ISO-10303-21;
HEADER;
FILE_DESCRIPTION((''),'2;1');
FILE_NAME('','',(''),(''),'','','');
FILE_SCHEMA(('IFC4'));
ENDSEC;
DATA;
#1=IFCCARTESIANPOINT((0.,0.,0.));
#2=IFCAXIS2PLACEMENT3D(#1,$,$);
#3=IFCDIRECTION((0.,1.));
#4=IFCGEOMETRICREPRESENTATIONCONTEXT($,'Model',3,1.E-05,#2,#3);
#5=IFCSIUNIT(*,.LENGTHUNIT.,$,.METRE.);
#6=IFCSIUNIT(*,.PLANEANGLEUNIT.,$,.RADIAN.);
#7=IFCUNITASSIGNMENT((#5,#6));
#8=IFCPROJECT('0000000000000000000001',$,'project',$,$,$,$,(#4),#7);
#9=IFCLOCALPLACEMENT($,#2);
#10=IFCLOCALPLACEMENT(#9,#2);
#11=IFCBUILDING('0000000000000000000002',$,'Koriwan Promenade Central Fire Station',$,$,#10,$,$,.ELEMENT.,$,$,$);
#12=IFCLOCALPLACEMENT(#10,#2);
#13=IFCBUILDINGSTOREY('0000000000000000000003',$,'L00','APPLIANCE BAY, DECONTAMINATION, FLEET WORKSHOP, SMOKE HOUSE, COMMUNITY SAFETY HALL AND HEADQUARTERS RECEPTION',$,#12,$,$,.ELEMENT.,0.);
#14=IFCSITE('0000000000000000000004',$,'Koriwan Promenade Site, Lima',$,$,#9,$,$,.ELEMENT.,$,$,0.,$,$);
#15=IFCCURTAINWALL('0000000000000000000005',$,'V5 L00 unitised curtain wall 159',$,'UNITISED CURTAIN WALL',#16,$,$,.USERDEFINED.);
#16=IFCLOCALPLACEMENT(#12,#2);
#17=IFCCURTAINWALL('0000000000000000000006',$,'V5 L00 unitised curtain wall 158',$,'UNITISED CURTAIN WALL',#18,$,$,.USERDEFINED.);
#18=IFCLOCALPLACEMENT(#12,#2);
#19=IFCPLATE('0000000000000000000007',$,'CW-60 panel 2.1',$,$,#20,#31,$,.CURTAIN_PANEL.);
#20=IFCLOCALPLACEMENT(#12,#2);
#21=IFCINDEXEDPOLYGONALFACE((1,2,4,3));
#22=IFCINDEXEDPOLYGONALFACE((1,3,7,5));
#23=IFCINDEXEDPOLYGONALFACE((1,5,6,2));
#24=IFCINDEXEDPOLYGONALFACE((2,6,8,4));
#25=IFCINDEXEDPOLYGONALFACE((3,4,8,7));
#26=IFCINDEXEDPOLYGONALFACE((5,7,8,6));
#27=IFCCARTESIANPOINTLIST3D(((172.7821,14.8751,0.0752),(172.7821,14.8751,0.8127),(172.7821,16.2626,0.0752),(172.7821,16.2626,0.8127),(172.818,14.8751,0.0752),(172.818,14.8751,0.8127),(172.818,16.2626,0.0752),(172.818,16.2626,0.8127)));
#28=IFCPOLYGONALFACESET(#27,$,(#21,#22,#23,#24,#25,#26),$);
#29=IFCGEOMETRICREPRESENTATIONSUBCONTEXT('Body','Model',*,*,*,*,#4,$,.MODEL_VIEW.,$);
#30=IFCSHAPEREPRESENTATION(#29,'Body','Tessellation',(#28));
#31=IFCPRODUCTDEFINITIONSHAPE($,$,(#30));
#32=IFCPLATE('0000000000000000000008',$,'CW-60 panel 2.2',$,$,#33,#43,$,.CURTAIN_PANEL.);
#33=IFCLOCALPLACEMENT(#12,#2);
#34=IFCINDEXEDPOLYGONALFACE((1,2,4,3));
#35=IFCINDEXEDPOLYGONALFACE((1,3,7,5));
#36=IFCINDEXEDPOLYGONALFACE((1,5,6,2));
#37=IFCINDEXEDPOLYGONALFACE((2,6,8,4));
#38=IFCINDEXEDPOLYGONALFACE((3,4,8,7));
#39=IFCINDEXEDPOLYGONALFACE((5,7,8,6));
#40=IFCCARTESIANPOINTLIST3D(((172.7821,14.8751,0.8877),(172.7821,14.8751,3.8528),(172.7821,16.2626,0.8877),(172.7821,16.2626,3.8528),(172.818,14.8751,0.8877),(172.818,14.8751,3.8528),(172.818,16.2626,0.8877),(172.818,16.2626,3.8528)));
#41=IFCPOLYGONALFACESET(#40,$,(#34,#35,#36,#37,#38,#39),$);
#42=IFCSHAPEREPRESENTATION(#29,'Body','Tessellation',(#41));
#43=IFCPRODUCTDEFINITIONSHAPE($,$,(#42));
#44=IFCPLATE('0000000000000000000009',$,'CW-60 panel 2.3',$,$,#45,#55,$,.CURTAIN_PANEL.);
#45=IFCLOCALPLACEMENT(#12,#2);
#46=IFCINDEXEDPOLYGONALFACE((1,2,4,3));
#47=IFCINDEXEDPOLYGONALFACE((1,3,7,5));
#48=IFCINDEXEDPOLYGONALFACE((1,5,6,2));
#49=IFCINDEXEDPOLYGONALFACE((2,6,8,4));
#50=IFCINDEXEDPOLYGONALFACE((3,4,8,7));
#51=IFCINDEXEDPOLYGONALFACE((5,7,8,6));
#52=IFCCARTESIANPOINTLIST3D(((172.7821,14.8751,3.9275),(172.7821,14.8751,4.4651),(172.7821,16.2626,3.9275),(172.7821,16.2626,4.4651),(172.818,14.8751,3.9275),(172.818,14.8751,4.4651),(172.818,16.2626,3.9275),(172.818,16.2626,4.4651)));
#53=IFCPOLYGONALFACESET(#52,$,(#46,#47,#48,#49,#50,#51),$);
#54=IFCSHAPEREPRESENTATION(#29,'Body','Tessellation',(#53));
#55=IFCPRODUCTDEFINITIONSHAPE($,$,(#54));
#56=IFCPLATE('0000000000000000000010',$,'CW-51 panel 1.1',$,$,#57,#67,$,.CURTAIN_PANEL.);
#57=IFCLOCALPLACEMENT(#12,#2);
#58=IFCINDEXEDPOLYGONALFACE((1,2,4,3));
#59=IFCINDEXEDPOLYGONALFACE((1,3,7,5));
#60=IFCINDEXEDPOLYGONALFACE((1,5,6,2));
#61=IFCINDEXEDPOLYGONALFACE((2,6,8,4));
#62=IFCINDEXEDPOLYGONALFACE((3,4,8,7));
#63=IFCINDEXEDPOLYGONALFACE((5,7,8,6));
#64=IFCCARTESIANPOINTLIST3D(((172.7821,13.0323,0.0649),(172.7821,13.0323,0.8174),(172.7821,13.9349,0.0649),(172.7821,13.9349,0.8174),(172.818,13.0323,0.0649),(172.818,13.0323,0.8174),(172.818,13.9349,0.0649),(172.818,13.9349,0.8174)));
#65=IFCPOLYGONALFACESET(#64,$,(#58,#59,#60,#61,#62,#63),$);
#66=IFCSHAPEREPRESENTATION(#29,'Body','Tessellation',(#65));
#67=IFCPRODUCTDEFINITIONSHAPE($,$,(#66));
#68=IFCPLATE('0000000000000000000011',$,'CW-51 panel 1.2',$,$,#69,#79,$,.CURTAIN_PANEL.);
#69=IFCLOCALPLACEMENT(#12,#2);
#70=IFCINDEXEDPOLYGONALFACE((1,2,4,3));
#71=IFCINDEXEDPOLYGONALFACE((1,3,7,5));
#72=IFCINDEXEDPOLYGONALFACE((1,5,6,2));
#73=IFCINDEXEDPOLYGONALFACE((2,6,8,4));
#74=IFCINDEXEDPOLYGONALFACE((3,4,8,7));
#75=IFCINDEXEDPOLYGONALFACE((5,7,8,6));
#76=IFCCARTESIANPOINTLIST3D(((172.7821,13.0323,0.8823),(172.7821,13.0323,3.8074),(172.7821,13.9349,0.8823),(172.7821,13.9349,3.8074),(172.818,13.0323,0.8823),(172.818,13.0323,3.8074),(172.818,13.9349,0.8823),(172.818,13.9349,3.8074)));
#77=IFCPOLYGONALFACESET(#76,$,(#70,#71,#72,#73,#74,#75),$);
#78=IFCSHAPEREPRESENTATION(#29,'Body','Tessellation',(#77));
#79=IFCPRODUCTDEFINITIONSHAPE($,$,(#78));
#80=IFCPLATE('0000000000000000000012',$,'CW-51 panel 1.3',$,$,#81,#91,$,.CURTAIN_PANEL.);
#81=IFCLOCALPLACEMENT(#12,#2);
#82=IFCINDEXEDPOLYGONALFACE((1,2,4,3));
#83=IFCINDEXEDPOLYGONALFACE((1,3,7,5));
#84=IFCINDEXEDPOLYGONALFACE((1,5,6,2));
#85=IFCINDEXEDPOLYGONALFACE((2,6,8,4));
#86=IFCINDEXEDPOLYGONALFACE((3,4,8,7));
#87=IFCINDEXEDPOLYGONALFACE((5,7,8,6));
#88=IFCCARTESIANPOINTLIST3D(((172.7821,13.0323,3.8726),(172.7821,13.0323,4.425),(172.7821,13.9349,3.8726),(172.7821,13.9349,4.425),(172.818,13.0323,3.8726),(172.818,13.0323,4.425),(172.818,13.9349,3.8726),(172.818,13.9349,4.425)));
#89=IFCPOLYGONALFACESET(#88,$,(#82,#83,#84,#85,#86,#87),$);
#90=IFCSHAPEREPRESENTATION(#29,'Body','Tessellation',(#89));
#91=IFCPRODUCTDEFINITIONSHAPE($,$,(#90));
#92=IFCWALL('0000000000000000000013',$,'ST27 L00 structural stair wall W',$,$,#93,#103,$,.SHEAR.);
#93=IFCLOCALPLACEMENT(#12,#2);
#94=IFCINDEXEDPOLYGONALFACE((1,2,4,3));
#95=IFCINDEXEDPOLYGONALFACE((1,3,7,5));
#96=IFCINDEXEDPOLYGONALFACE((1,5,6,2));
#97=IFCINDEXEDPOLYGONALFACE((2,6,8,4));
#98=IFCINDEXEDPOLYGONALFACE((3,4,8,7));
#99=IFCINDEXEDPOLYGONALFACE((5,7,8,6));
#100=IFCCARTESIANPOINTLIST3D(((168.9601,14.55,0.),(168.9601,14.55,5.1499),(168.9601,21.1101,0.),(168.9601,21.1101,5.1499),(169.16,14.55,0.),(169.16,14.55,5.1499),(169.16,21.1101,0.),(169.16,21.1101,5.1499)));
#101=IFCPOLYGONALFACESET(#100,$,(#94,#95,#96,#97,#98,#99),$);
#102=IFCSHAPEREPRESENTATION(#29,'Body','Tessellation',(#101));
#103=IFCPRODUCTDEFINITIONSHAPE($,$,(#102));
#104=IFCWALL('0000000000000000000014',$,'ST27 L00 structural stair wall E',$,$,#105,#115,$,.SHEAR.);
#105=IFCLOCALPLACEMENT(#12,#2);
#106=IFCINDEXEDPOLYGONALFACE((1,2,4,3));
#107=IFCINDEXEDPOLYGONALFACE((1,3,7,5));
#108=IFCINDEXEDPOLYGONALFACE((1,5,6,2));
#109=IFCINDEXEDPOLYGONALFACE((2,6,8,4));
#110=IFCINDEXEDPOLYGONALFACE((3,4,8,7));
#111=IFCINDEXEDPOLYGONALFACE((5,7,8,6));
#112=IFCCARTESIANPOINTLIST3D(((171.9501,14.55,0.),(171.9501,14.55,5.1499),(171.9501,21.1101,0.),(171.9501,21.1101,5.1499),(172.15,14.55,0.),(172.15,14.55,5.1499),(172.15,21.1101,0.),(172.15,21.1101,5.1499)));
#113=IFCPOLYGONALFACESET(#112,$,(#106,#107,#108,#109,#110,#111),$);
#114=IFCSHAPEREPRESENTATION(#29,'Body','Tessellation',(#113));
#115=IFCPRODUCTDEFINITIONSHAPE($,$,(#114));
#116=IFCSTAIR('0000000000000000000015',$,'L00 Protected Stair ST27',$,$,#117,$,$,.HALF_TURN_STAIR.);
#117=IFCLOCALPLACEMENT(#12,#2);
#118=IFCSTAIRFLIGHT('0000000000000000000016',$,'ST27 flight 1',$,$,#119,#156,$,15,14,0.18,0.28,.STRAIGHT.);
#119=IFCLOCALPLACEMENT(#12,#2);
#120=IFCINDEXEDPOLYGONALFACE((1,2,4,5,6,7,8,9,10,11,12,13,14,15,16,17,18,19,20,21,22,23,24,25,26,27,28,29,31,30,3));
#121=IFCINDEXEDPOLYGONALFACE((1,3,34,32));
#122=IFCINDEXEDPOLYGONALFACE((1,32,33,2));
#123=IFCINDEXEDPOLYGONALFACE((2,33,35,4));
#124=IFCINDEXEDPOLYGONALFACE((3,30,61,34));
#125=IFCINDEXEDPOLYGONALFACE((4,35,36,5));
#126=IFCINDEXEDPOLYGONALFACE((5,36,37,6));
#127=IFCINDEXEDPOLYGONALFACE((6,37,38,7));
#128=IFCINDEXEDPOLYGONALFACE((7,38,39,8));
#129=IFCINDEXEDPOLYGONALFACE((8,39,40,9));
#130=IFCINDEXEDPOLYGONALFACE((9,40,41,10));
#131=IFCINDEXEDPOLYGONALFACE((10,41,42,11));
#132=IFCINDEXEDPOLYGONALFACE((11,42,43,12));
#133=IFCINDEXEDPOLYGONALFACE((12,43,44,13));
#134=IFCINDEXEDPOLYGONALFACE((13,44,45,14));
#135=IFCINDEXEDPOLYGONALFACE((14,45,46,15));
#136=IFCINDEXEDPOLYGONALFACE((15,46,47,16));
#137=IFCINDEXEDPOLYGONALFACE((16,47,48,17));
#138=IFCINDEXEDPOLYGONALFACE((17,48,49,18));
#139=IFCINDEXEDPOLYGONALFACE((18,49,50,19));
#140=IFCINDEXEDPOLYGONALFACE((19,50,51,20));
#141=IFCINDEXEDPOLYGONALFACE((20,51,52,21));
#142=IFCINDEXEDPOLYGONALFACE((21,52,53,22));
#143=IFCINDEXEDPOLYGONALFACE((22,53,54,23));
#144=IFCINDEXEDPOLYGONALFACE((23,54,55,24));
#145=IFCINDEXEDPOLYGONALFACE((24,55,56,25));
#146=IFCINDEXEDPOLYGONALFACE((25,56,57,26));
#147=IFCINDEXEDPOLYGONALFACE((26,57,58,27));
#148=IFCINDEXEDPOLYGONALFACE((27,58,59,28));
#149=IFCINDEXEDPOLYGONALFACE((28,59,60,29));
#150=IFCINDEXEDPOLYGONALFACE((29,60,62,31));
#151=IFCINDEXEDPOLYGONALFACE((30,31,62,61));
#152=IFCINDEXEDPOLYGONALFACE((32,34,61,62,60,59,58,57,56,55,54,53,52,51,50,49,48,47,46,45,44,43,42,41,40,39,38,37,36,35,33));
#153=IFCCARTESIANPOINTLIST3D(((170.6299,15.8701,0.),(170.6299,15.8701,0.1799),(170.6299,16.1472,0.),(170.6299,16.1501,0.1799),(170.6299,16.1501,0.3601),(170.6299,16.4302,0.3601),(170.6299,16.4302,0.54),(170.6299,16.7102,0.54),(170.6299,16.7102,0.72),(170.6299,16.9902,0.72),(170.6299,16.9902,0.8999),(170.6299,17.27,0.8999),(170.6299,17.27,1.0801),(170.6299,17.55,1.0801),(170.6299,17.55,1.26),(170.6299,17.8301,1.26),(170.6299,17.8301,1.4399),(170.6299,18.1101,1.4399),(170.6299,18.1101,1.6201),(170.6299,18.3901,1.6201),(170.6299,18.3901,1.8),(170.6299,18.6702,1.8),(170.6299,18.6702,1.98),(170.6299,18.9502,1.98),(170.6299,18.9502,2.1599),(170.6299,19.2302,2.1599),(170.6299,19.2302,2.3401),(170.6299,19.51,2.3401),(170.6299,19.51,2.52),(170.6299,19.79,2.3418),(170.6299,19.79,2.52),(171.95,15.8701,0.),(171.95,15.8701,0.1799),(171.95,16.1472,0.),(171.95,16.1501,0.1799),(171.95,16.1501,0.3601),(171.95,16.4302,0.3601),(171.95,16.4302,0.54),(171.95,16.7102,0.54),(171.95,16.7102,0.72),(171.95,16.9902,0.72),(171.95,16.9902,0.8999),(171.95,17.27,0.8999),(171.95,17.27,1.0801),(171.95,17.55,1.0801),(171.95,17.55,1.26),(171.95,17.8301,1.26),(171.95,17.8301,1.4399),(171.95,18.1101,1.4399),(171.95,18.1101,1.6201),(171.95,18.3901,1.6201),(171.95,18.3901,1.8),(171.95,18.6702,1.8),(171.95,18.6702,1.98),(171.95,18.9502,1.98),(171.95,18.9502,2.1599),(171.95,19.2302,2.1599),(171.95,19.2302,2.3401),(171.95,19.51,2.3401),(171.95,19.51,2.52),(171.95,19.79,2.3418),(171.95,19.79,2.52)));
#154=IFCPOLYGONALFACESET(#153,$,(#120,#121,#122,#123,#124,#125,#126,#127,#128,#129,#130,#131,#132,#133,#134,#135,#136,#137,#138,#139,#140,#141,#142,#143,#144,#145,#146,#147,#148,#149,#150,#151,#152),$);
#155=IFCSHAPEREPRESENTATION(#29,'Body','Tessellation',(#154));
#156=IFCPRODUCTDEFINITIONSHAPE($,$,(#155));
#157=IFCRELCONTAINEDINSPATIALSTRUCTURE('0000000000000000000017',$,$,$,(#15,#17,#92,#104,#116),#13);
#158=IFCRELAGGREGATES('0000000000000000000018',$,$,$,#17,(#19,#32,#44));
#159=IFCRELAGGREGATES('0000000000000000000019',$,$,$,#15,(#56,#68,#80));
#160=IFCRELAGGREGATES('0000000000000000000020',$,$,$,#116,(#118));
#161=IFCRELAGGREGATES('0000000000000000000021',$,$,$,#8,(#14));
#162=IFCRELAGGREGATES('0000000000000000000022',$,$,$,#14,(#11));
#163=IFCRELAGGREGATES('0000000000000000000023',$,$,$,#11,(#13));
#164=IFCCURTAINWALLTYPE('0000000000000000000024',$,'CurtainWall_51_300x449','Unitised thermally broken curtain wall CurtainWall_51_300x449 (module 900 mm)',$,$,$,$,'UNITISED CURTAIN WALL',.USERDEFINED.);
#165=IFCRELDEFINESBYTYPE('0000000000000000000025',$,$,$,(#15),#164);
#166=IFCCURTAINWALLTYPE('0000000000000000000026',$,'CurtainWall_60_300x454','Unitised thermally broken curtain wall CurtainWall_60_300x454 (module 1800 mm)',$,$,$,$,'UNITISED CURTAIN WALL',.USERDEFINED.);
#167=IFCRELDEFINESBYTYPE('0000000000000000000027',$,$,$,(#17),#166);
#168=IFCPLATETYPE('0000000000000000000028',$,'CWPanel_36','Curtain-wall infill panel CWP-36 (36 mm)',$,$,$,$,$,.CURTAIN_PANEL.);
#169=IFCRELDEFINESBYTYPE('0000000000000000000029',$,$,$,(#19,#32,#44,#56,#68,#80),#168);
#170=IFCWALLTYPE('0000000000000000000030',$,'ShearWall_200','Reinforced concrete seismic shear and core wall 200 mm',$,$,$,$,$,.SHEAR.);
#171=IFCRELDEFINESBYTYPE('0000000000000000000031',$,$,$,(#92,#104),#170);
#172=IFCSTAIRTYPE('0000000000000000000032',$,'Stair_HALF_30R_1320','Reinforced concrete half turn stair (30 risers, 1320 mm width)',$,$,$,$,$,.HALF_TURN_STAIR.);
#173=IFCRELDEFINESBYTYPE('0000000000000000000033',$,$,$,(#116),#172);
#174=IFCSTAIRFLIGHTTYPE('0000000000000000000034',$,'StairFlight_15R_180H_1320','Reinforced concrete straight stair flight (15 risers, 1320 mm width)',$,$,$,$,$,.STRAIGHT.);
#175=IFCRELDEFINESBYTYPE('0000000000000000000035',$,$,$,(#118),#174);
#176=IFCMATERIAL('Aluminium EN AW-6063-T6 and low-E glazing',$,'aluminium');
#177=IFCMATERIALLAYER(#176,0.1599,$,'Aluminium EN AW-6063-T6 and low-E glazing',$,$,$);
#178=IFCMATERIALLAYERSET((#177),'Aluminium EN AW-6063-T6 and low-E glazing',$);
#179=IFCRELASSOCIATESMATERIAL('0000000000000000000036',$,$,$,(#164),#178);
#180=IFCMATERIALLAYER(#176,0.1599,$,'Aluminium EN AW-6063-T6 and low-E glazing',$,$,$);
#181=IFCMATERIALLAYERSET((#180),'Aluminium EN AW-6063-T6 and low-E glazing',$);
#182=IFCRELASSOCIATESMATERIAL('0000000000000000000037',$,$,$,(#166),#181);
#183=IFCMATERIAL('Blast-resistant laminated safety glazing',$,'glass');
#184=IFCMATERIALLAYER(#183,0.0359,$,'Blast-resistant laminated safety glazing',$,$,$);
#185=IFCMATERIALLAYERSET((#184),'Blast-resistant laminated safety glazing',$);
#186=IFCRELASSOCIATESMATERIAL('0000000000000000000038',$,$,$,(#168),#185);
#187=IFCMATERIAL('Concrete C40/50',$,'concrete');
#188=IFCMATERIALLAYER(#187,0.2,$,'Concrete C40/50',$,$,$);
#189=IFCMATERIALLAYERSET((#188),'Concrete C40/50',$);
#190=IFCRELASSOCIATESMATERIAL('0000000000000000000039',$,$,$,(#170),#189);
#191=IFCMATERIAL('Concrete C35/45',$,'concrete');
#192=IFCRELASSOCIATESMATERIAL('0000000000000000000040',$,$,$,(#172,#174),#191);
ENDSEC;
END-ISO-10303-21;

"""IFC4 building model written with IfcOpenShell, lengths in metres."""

from ifc_helpers import new_model, si_unit, direction, frame, frame_2d, origin, origin_2d, place, context, subcontext, project, spatial, polyline, rectangle, outline, extrude, material, layer, layer_set, type_object, element, aggregate, save


model = new_model("IFC4")

# Units and contexts
model_context = context("Model", 3, precision=1e-05, world=origin(), true_north=direction((0.0, 1.0)))
body_context = subcontext(model_context, "Body", "Model", "MODEL_VIEW")
ifc_project = project(units=[si_unit("LENGTHUNIT", "METRE"), si_unit("PLANEANGLEUNIT", "RADIAN")], contexts=[model_context])

# Site, building, storey
site_placement = place(None, origin())
site = spatial("IfcSite", under=ifc_project, at=site_placement, Name="Koriwan Promenade Site, Lima", CompositionType="ELEMENT", RefElevation=0.0)
building_placement = place(site_placement, origin())
building = spatial("IfcBuilding", under=site, at=building_placement, Name="Koriwan Promenade Central Fire Station", CompositionType="ELEMENT")
storey_placement = place(building_placement, origin())
storey = spatial("IfcBuildingStorey", under=building, at=storey_placement, Name="L00", Description="APPLIANCE BAY, DECONTAMINATION, FLEET WORKSHOP, SMOKE HOUSE, COMMUNITY SAFETY HALL AND HEADQUARTERS RECEPTION", CompositionType="ELEMENT", Elevation=0.0)

# Shared definitions
ifc_material_1 = material(Name="Concrete C35/45", Category="concrete")

# Shared definitions
ifc_material_2 = material(Name="Concrete C40/50", Category="concrete")

# Curtain wall
ifc_material_3 = material(Name="Aluminium EN AW-6063-T6 and low-E glazing", Category="aluminium")
ifc_layer_1 = layer(ifc_material_3, 0.1599, Name="Aluminium EN AW-6063-T6 and low-E glazing")
ifc_layer_set_1 = layer_set([ifc_layer_1], Name="Aluminium EN AW-6063-T6 and low-E glazing")
curtain_wall_type_1 = type_object("IfcCurtainWallType", Name="CurtainWall_51_300x449", Description="Unitised thermally broken curtain wall CurtainWall_51_300x449 (module 900 mm)", ElementType="UNITISED CURTAIN WALL", PredefinedType="USERDEFINED", material=ifc_layer_set_1)
curtain_wall_1_placement = place(storey_placement, origin())
curtain_wall_1 = element("IfcCurtainWall", 1, at=curtain_wall_1_placement, inside=storey, type_object=curtain_wall_type_1, Name="V5 L00 unitised curtain wall 159", ObjectType="UNITISED CURTAIN WALL", PredefinedType="USERDEFINED")

# Curtain wall
ifc_layer_2 = layer(ifc_material_3, 0.1599, Name="Aluminium EN AW-6063-T6 and low-E glazing")
ifc_layer_set_2 = layer_set([ifc_layer_2], Name="Aluminium EN AW-6063-T6 and low-E glazing")
curtain_wall_type_2 = type_object("IfcCurtainWallType", Name="CurtainWall_60_300x454", Description="Unitised thermally broken curtain wall CurtainWall_60_300x454 (module 1800 mm)", ElementType="UNITISED CURTAIN WALL", PredefinedType="USERDEFINED", material=ifc_layer_set_2)
curtain_wall_2_placement = place(storey_placement, origin())
curtain_wall_2 = element("IfcCurtainWall", 2, at=curtain_wall_2_placement, inside=storey, type_object=curtain_wall_type_2, Name="V5 L00 unitised curtain wall 158", ObjectType="UNITISED CURTAIN WALL", PredefinedType="USERDEFINED")

# Plates
ifc_material_4 = material(Name="Blast-resistant laminated safety glazing", Category="glass")
ifc_layer_3 = layer(ifc_material_4, 0.0359, Name="Blast-resistant laminated safety glazing")
ifc_layer_set_3 = layer_set([ifc_layer_3], Name="Blast-resistant laminated safety glazing")
plate_type = type_object("IfcPlateType", Name="CWPanel_36", Description="Curtain-wall infill panel CWP-36 (36 mm)", PredefinedType="CURTAIN_PANEL", material=ifc_layer_set_3)
plate_1_placement = place(storey_placement, frame((172.8, 15.5688, 0.0752), z_axis=(0.0, 0.0, 1.0), x_axis=(0.0, -1.0, 0.0)))
plate_1 = element("IfcPlate", 3, at=plate_1_placement, type_object=plate_type, Name="CW-60 panel 2.1", PredefinedType="CURTAIN_PANEL", context=body_context, shape_type="SweptSolid", body=[
    extrude(rectangle(XDim=1.3875, YDim=0.0359, at=origin_2d()), origin(), (0.0, 0.0, 1.0), 0.7375),
])
plate_2_placement = place(storey_placement, frame((172.8, 15.5688, 0.8877), z_axis=(0.0, 0.0, 1.0), x_axis=(0.0, -1.0, 0.0)))
plate_2 = element("IfcPlate", 4, at=plate_2_placement, type_object=plate_type, Name="CW-60 panel 2.2", PredefinedType="CURTAIN_PANEL", context=body_context, shape_type="SweptSolid", body=[
    extrude(rectangle(XDim=1.3875, YDim=0.0359, at=origin_2d()), origin(), (0.0, 0.0, 1.0), 2.9651),
])
plate_3_placement = place(storey_placement, frame((172.8, 15.5688, 3.9275), z_axis=(0.0, 0.0, 1.0), x_axis=(0.0, -1.0, 0.0)))
plate_3 = element("IfcPlate", 5, at=plate_3_placement, type_object=plate_type, Name="CW-60 panel 2.3", PredefinedType="CURTAIN_PANEL", context=body_context, shape_type="SweptSolid", body=[
    extrude(rectangle(XDim=1.3875, YDim=0.0359, at=origin_2d()), origin(), (0.0, 0.0, 1.0), 0.5376),
])
aggregate(curtain_wall_2, [plate_1, plate_2, plate_3])
plate_4_placement = place(storey_placement, frame((172.8, 13.4836, 0.0649), z_axis=(0.0, 0.0, 1.0), x_axis=(0.0, -1.0, 0.0)))
plate_4 = element("IfcPlate", 6, at=plate_4_placement, type_object=plate_type, Name="CW-51 panel 1.1", PredefinedType="CURTAIN_PANEL", context=body_context, shape_type="SweptSolid", body=[
    extrude(rectangle(XDim=0.9026, YDim=0.0359, at=origin_2d()), origin(), (0.0, 0.0, 1.0), 0.7524),
])
plate_5_placement = place(storey_placement, frame((172.8, 13.4836, 0.8823), z_axis=(0.0, 0.0, 1.0), x_axis=(0.0, -1.0, 0.0)))
plate_5 = element("IfcPlate", 7, at=plate_5_placement, type_object=plate_type, Name="CW-51 panel 1.2", PredefinedType="CURTAIN_PANEL", context=body_context, shape_type="SweptSolid", body=[
    extrude(rectangle(XDim=0.9026, YDim=0.0359, at=origin_2d()), origin(), (0.0, 0.0, 1.0), 2.925),
])
plate_6_placement = place(storey_placement, frame((172.8, 13.4836, 3.8726), z_axis=(0.0, 0.0, 1.0), x_axis=(0.0, -1.0, 0.0)))
plate_6 = element("IfcPlate", 8, at=plate_6_placement, type_object=plate_type, Name="CW-51 panel 1.3", PredefinedType="CURTAIN_PANEL", context=body_context, shape_type="SweptSolid", body=[
    extrude(rectangle(XDim=0.9026, YDim=0.0359, at=origin_2d()), origin(), (0.0, 0.0, 1.0), 0.5525),
])
aggregate(curtain_wall_1, [plate_4, plate_5, plate_6])

# Shared definitions
ifc_layer_4 = layer(ifc_material_2, 0.2, Name="Concrete C40/50")
ifc_layer_set_4 = layer_set([ifc_layer_4], Name="Concrete C40/50")
wall_type = type_object("IfcWallType", Name="ShearWall_200", Description="Reinforced concrete seismic shear and core wall 200 mm", PredefinedType="SHEAR", material=ifc_layer_set_4)

# Walls
for number, where, z_axis, x_axis, name in (
    (9, (169.0601, 14.55, 0.0), (0.0, 0.0, 1.0), (0.0, 1.0, 0.0), "ST27 L00 structural stair wall W"),
    (10, (172.05, 14.55, 0.0), (0.0, 0.0, 1.0), (0.0, 1.0, 0.0), "ST27 L00 structural stair wall E"),
):
    element("IfcWall", number, at=place(storey_placement, frame(where, z_axis=z_axis, x_axis=x_axis)), inside=storey, type_object=wall_type, Name=name, PredefinedType="SHEAR", context=body_context, shape_type="SweptSolid", body=[
        extrude(rectangle(XDim=6.5601, YDim=0.2, at=frame_2d((3.28, 0.0))), origin(), (0.0, 0.0, 1.0), 5.1499),
    ])

# Stair, stair flight
stair_type = type_object("IfcStairType", Name="Stair_HALF_30R_1320", Description="Reinforced concrete half turn stair (30 risers, 1320 mm width)", PredefinedType="HALF_TURN_STAIR", material=ifc_material_1)
stair_placement = place(storey_placement, origin())
stair = element("IfcStair", 11, at=stair_placement, inside=storey, type_object=stair_type, Name="L00 Protected Stair ST27", PredefinedType="HALF_TURN_STAIR")
stair_flight_type = type_object("IfcStairFlightType", Name="StairFlight_15R_180H_1320", Description="Reinforced concrete straight stair flight (15 risers, 1320 mm width)", PredefinedType="STRAIGHT", material=ifc_material_1)
stair_flight_placement = place(storey_placement, frame((171.29, 15.8701, 0.0), z_axis=(0.0, 0.0, 1.0), x_axis=(0.0, 1.0, 0.0)))
stair_flight = element("IfcStairFlight", 12, at=stair_flight_placement, type_object=stair_flight_type, Name="ST27 flight 1", NumberOfRisers=15, NumberOfTreads=14, PredefinedType="STRAIGHT", RiserHeight=0.18, TreadLength=0.28, context=body_context, shape_type="SweptSolid", body=[
    extrude(outline(polyline([(0.0, 0.0), (0.0, 0.1799), (0.28, 0.1799), (0.28, 0.3601), (0.5601, 0.3601), (0.5601, 0.54), (0.8401, 0.54), (0.8401, 0.72), (1.1201, 0.72), (1.1201, 0.8999), (1.3999, 0.8999), (1.3999, 1.0801), (1.6799, 1.0801), (1.6799, 1.26), (1.96, 1.26), (1.96, 1.4399), (2.24, 1.4399), (2.24, 1.6201), (2.52, 1.6201), (2.52, 1.8), (2.8, 1.8), (2.8, 1.98), (3.0801, 1.98), (3.0801, 2.1599), (3.3601, 2.1599), (3.3601, 2.3401), (3.6399, 2.3401), (3.6399, 2.52), (3.9199, 2.52), (3.9199, 2.7), (3.9199, 2.3418), (0.2771, 0.0), (0.0, 0.0)])), frame((0.0, 0.6602, 0.0), z_axis=(0.0, -1.0, 0.0), x_axis=(1.0, 0.0, 0.0)), (0.0, 0.0, 1.0), 1.3201),
])
aggregate(stair, [stair_flight])

save(model, "model.ifc")
